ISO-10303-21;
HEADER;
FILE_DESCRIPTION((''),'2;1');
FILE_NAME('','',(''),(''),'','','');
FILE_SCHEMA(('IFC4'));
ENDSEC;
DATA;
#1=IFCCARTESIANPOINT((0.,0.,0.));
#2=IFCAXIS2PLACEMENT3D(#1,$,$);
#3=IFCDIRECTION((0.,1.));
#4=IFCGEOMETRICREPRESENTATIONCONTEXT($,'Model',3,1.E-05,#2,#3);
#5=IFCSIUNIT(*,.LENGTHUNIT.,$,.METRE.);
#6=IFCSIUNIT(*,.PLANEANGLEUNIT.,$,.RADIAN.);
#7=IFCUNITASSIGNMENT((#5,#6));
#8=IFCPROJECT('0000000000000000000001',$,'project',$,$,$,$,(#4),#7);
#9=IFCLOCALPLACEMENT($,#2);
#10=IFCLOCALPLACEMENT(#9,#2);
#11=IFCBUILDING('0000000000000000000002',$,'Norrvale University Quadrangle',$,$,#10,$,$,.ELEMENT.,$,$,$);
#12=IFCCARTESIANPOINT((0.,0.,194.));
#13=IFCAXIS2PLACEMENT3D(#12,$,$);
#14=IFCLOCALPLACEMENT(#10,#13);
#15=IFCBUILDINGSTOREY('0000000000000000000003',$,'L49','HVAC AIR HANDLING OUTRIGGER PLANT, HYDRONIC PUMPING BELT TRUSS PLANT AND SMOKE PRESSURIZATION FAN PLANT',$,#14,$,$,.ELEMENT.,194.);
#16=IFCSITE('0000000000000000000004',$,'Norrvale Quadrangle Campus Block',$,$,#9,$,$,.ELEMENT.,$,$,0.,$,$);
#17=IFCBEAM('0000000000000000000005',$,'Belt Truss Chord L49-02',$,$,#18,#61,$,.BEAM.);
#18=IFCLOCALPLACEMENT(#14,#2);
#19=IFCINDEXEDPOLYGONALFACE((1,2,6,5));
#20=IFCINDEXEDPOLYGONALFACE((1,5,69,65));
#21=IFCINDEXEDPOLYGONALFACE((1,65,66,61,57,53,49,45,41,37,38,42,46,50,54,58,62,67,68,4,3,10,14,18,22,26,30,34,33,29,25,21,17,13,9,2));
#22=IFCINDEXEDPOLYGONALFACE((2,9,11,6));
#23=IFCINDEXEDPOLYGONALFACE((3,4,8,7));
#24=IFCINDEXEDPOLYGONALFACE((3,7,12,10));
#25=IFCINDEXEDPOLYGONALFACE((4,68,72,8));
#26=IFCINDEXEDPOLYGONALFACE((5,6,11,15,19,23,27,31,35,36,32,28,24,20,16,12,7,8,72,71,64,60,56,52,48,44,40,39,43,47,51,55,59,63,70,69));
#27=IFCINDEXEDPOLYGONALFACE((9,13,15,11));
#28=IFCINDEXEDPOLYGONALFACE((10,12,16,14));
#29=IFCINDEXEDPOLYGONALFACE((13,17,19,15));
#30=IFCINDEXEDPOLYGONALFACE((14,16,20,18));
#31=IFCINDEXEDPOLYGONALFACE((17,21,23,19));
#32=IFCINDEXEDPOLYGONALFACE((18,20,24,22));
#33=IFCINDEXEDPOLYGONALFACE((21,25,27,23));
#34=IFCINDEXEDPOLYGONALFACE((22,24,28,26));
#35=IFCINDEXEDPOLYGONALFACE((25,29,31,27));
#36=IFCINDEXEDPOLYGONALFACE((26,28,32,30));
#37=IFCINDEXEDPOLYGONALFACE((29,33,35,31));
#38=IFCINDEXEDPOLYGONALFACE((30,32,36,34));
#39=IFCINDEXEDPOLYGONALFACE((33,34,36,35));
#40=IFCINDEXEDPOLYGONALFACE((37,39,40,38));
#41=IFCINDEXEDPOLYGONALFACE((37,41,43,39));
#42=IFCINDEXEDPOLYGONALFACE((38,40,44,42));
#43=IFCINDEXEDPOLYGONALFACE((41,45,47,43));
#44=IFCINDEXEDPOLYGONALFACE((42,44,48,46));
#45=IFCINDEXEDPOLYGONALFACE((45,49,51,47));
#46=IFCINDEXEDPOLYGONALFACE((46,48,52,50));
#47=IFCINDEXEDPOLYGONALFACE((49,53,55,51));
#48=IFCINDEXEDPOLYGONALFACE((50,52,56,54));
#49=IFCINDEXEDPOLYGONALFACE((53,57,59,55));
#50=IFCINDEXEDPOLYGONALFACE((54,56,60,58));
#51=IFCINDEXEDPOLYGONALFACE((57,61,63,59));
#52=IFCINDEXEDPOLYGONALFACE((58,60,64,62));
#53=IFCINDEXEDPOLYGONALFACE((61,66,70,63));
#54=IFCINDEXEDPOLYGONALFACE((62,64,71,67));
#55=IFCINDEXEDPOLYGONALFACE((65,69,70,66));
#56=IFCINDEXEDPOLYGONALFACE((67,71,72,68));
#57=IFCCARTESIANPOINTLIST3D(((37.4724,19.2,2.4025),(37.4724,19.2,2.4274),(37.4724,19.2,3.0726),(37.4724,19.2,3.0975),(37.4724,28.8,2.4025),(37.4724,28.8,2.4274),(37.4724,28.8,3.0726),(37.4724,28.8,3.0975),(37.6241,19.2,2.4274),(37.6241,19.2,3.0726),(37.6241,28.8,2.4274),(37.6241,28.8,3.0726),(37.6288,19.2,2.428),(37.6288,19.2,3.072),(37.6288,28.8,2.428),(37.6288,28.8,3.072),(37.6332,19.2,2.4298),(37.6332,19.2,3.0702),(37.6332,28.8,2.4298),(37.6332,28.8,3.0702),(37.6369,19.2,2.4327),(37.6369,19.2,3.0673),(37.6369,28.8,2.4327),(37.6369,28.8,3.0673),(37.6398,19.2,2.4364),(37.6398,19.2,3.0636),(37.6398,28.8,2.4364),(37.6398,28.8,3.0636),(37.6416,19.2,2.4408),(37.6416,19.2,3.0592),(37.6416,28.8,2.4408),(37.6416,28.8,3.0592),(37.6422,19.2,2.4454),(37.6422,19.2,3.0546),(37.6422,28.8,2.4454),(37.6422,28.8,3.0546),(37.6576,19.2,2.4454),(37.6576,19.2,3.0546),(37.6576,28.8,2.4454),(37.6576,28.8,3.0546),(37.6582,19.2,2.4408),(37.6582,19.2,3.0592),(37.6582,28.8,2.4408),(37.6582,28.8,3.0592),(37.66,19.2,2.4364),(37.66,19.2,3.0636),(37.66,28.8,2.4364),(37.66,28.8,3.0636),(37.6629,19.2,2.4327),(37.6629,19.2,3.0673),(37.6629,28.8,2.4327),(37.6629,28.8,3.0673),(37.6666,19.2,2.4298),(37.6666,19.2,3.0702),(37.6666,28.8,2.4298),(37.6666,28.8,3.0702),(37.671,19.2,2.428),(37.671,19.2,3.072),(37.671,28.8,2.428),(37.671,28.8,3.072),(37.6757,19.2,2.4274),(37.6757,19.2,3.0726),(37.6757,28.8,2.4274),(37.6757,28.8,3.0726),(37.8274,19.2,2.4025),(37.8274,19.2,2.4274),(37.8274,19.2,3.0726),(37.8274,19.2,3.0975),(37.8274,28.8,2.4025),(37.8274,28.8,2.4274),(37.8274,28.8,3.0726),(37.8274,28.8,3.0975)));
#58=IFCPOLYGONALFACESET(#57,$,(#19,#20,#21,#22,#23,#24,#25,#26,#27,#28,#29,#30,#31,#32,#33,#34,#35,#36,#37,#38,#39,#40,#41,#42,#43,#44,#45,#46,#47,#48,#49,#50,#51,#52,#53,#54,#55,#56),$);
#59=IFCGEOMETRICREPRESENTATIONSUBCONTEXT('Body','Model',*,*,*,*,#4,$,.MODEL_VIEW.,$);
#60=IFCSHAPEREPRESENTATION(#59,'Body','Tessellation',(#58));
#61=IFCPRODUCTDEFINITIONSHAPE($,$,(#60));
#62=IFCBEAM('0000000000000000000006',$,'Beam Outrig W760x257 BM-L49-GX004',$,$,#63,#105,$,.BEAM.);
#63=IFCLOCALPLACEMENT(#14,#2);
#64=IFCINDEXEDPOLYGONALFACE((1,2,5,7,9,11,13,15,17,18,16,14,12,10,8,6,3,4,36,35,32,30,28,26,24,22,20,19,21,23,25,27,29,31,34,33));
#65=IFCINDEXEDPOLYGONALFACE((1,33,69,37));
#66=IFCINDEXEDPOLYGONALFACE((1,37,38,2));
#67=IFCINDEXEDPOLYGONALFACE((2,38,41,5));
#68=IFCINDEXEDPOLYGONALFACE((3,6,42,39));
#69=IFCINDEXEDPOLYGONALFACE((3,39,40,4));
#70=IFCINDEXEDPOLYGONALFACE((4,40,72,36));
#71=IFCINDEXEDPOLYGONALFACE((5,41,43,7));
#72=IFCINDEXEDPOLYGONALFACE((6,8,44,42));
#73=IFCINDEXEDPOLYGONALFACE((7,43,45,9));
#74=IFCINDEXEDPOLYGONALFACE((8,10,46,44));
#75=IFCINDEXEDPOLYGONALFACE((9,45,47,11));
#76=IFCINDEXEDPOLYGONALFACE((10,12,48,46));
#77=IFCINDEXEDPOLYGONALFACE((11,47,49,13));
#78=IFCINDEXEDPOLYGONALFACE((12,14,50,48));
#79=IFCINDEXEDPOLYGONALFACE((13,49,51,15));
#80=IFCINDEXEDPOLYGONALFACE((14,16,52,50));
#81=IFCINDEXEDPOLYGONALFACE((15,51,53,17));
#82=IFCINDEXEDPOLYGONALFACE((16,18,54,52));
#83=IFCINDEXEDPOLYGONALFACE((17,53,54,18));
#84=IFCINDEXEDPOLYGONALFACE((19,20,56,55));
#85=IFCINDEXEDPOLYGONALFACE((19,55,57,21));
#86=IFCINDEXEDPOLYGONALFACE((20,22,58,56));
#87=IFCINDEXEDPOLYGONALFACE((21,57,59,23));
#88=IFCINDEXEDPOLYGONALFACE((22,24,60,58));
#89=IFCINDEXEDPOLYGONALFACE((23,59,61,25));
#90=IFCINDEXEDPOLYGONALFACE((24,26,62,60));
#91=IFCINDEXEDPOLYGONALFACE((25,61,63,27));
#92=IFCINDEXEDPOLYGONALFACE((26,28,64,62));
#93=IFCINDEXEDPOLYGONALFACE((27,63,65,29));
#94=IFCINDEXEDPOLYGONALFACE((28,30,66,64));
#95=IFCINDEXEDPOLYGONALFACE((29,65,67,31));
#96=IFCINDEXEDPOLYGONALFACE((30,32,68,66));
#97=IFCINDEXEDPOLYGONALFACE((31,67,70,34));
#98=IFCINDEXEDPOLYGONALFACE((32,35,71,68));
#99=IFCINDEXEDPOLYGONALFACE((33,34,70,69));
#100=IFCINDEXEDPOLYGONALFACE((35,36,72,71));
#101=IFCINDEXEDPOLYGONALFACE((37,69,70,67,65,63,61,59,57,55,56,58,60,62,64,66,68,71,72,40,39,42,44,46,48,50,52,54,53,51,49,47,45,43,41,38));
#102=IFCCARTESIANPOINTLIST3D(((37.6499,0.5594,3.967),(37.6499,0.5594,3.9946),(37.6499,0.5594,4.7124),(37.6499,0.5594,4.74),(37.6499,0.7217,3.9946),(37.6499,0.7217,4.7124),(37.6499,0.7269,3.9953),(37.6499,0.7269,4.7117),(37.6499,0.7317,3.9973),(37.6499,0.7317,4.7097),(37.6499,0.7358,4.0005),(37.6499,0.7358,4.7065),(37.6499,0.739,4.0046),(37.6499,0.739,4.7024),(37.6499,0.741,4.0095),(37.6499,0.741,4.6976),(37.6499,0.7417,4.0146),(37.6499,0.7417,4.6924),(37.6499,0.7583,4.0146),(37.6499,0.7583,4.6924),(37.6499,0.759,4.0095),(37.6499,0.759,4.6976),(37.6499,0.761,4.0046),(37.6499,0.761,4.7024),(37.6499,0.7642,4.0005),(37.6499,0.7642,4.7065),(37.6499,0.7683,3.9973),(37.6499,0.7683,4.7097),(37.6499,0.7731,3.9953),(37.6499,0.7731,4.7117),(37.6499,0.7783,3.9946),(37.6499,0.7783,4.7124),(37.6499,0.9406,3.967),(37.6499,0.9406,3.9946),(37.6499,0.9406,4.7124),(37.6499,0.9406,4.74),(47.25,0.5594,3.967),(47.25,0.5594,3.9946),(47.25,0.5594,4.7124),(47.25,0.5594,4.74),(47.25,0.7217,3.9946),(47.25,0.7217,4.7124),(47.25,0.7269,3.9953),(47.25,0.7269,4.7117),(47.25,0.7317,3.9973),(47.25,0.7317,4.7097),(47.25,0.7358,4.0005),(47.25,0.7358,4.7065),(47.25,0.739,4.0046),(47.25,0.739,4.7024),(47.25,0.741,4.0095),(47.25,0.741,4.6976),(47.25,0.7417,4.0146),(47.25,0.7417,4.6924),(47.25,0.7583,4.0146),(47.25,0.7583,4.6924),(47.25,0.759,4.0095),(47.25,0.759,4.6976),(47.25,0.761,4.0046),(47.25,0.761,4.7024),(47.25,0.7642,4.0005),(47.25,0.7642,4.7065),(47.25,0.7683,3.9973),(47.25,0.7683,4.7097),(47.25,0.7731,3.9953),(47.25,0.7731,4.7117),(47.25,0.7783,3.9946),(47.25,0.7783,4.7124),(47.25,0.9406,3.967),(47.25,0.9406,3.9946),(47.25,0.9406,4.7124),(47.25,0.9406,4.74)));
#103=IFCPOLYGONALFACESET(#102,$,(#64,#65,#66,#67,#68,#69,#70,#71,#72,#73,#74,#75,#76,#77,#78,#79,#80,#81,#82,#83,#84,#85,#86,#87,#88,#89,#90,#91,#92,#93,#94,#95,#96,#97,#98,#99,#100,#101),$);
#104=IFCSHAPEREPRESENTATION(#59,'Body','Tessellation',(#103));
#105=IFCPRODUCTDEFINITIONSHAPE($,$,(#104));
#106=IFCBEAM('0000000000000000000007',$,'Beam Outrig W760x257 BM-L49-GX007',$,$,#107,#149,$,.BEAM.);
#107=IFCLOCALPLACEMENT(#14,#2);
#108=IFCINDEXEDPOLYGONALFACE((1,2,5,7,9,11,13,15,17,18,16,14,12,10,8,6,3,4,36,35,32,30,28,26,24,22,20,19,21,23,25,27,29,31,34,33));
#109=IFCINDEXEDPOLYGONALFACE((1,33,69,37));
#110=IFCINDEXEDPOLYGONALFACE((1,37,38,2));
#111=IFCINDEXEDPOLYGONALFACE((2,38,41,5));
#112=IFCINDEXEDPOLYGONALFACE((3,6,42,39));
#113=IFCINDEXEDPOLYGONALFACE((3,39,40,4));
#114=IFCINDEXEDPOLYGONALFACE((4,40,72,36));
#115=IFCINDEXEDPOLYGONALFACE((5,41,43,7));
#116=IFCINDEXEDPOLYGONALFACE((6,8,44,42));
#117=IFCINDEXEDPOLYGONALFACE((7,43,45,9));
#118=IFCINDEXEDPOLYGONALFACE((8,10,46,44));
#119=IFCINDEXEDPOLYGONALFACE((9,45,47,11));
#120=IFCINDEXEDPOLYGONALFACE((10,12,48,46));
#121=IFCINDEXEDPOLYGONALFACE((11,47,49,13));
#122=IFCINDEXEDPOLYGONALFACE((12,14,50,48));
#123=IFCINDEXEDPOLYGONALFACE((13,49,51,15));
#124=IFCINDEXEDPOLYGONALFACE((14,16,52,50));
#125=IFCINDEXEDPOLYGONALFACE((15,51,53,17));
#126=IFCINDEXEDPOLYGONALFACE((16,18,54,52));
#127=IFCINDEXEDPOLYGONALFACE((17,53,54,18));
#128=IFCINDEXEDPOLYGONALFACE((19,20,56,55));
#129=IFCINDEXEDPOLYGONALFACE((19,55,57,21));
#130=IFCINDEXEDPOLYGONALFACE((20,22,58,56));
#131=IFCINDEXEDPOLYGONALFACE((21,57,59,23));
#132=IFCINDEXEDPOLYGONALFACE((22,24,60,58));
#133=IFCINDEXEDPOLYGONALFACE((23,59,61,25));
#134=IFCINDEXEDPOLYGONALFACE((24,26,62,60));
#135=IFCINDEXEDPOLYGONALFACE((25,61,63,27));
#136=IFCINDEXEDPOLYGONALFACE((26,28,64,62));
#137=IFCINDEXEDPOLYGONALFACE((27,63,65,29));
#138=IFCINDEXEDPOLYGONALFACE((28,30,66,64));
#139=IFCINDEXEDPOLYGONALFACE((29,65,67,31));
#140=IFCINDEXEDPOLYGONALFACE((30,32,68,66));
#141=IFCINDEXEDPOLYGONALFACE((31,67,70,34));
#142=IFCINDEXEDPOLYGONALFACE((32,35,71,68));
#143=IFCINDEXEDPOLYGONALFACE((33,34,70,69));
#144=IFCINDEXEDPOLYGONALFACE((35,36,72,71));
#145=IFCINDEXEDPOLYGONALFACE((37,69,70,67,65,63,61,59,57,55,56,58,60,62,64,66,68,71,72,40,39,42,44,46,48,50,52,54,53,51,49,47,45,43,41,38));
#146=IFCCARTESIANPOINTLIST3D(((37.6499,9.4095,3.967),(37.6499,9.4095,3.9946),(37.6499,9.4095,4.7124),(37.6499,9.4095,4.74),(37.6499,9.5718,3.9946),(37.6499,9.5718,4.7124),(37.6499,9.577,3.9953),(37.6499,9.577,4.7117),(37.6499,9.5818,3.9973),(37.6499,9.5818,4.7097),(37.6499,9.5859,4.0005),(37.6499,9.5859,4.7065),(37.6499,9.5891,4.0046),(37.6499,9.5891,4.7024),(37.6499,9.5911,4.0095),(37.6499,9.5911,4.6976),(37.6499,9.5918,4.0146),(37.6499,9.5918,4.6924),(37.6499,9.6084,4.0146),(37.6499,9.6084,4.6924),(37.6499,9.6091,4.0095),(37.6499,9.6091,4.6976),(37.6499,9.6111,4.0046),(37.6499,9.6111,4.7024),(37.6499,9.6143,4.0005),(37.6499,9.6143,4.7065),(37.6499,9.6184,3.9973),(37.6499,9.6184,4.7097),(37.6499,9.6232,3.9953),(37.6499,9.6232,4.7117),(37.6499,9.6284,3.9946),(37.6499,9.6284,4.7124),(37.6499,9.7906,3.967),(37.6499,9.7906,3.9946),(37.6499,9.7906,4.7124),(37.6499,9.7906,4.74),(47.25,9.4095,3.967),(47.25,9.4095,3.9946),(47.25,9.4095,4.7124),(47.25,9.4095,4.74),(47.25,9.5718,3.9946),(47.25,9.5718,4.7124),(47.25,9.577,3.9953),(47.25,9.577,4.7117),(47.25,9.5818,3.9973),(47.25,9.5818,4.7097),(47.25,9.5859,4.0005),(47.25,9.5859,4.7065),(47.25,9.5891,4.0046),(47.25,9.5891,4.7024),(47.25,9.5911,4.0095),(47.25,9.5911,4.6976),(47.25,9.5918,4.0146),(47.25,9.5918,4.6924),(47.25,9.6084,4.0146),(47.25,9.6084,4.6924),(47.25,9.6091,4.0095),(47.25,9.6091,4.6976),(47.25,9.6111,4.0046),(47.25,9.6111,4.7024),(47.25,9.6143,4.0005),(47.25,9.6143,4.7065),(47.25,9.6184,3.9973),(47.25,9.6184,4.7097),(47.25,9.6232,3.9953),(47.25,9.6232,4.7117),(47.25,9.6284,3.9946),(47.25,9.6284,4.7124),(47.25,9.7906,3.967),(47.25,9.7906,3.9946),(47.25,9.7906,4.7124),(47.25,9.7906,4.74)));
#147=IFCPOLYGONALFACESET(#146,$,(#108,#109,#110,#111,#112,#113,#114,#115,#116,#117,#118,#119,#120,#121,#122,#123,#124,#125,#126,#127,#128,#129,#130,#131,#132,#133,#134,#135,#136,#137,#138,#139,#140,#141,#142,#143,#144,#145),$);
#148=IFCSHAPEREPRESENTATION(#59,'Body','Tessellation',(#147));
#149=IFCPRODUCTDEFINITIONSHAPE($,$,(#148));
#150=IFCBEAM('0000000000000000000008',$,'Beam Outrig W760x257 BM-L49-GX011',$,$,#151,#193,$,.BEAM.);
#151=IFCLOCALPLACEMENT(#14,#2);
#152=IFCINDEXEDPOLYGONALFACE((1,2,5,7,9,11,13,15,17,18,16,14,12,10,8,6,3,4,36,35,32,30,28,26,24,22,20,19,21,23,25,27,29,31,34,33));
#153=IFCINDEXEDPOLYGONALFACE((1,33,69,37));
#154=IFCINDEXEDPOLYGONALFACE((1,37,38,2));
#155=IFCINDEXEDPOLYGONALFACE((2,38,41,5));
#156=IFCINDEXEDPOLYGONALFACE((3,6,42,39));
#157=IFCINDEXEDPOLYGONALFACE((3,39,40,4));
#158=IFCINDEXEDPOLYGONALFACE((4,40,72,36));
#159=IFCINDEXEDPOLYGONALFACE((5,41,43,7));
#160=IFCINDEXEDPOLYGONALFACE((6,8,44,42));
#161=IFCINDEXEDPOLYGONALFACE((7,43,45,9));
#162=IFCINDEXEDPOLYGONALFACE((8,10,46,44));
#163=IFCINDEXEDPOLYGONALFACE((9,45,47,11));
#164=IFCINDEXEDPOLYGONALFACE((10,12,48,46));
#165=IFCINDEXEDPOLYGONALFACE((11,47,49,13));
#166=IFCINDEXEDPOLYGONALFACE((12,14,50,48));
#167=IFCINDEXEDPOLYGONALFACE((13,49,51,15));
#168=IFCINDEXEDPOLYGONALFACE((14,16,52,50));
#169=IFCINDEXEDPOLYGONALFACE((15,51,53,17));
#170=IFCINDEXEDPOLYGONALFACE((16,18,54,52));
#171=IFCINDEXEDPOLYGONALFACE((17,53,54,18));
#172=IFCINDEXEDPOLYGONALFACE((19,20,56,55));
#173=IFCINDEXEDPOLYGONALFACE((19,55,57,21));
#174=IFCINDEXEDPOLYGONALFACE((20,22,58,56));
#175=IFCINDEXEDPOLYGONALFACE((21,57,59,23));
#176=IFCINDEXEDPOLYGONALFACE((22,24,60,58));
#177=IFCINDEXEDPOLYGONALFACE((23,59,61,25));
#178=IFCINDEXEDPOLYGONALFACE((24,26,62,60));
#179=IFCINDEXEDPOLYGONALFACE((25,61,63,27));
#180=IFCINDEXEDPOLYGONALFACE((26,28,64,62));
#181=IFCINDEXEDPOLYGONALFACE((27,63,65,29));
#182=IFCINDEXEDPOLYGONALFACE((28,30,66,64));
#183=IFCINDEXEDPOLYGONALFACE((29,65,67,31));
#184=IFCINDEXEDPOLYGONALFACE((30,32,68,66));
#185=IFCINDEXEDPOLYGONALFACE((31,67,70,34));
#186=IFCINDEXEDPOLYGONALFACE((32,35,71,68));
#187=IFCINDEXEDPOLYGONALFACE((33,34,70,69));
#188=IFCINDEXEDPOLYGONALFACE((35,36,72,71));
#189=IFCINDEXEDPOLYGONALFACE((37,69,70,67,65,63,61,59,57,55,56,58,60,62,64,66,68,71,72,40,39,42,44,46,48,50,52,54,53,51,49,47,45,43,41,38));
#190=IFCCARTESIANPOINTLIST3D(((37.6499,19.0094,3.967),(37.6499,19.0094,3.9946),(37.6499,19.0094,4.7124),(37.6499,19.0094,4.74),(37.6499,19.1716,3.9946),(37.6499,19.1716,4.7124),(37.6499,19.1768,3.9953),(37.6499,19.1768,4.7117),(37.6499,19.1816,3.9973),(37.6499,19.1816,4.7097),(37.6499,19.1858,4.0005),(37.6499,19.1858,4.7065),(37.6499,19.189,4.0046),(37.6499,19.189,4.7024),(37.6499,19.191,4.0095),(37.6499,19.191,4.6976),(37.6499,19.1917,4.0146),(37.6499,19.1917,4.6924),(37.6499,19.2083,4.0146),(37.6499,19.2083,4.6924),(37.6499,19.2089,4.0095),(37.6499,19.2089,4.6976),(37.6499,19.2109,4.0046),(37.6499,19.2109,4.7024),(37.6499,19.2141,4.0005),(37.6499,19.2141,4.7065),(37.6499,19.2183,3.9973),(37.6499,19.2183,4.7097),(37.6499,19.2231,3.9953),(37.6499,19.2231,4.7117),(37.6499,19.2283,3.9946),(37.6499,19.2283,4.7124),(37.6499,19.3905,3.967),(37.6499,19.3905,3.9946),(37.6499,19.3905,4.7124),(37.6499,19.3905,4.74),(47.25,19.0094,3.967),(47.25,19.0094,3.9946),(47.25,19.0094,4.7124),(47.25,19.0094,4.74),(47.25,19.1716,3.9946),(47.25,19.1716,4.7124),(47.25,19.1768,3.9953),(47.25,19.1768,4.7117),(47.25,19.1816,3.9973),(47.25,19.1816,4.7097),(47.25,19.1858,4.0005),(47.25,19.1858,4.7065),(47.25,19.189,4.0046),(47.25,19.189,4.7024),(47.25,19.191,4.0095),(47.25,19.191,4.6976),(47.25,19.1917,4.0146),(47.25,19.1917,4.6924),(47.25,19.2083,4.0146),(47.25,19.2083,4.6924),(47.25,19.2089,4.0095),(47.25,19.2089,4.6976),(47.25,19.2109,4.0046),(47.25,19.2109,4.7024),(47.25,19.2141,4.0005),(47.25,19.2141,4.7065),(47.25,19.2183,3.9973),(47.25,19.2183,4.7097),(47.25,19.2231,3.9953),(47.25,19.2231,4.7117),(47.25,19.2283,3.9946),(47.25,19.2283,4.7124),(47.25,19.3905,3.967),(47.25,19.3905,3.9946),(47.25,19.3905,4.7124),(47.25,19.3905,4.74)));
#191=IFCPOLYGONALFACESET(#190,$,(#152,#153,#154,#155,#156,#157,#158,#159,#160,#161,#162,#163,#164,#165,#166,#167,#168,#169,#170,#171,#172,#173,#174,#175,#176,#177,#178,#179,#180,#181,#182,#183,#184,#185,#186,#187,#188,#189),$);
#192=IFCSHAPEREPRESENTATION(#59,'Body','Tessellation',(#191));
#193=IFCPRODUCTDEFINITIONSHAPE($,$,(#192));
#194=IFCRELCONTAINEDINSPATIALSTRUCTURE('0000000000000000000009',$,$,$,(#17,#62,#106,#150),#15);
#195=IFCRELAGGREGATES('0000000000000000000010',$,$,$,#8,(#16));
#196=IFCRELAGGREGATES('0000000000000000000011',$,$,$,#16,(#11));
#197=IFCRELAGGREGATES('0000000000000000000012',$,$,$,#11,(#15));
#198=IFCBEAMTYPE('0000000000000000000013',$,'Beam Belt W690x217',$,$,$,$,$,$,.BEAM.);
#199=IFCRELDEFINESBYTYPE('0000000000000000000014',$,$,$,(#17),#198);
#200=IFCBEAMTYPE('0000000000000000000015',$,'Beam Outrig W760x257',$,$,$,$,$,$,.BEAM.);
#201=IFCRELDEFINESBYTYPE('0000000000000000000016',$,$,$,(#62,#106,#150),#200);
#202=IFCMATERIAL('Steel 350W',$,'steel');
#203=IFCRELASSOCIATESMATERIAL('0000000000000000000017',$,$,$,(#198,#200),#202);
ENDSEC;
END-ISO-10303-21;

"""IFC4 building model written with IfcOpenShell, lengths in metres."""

from ifc_helpers import new_model, si_unit, direction, frame, origin, origin_2d, place, context, subcontext, project, spatial, i_section, extrude, material, material_profile, profile_set, type_object, element, save


model = new_model("IFC4")

# Units and contexts
model_context = context("Model", 3, precision=1e-05, world=origin(), true_north=direction((0.0, 1.0)))
body_context = subcontext(model_context, "Body", "Model", "MODEL_VIEW")
ifc_project = project(units=[si_unit("LENGTHUNIT", "METRE"), si_unit("PLANEANGLEUNIT", "RADIAN")], contexts=[model_context])

# Site, building, storey
site_placement = place(None, origin())
site = spatial("IfcSite", under=ifc_project, at=site_placement, Name="Norrvale Quadrangle Campus Block", CompositionType="ELEMENT", RefElevation=0.0)
building_placement = place(site_placement, origin())
building = spatial("IfcBuilding", under=site, at=building_placement, Name="Norrvale University Quadrangle", CompositionType="ELEMENT")
storey_placement = place(building_placement, frame((0.0, 0.0, 194.0)))
storey = spatial("IfcBuildingStorey", under=building, at=storey_placement, Name="L49", Description="HVAC AIR HANDLING OUTRIGGER PLANT, HYDRONIC PUMPING BELT TRUSS PLANT AND SMOKE PRESSURIZATION FAN PLANT", CompositionType="ELEMENT", Elevation=194.0)

# Beams
ifc_material_1 = material(Name="Steel 350W", Category="steel")
ifc_material_profile_1 = material_profile(ifc_material_1, i_section(OverallWidth=0.355, OverallDepth=0.6951, WebThickness=0.0154, FlangeThickness=0.0249, FilletRadius=0.0181, at=origin_2d()), Name="Steel 350W")
ifc_profile_set_1 = profile_set([ifc_material_profile_1], Name="Steel 350W")
beam_type_1 = type_object("IfcBeamType", Name="Beam Belt W690x217", PredefinedType="BEAM", material=ifc_profile_set_1)
beam_1_placement = place(storey_placement, frame((37.6499, 19.2, 2.75), z_axis=(0.0, 1.0, 0.0), x_axis=(-1.0, 0.0, 0.0)))
element("IfcBeam", 1, at=beam_1_placement, inside=storey, type_object=beam_type_1, Name="Belt Truss Chord L49-02", PredefinedType="BEAM", context=body_context, shape_type="SweptSolid", body=[
    extrude(i_section(OverallWidth=0.355, OverallDepth=0.6951, WebThickness=0.0154, FlangeThickness=0.0249, FilletRadius=0.0181, at=origin_2d()), origin(), (0.0, 0.0, 1.0), 9.6001),
])
ifc_material_profile_2 = material_profile(ifc_material_1, i_section(OverallWidth=0.3811, OverallDepth=0.7729, WebThickness=0.0166, FlangeThickness=0.0276, FilletRadius=0.02, at=origin_2d()), Name="Steel 350W")
ifc_profile_set_2 = profile_set([ifc_material_profile_2], Name="Steel 350W")
beam_type_2 = type_object("IfcBeamType", Name="Beam Outrig W760x257", PredefinedType="BEAM", material=ifc_profile_set_2)
for number, where, z_axis, x_axis, name in (
    (2, (37.6499, 0.75, 4.3535), (1.0, 0.0, 0.0), (0.0, 1.0, 0.0), "Beam Outrig W760x257 BM-L49-GX004"),
    (3, (37.6499, 9.6001, 4.3535), (1.0, 0.0, 0.0), (0.0, 1.0, 0.0), "Beam Outrig W760x257 BM-L49-GX007"),
    (4, (37.6499, 19.2, 4.3535), (1.0, 0.0, 0.0), (0.0, 1.0, 0.0), "Beam Outrig W760x257 BM-L49-GX011"),
):
    element("IfcBeam", number, at=place(storey_placement, frame(where, z_axis=z_axis, x_axis=x_axis)), inside=storey, type_object=beam_type_2, Name=name, PredefinedType="BEAM", context=body_context, shape_type="SweptSolid", body=[
        extrude(i_section(OverallWidth=0.3811, OverallDepth=0.7729, WebThickness=0.0166, FlangeThickness=0.0276, FilletRadius=0.02, at=origin_2d()), origin(), (0.0, 0.0, 1.0), 9.6001),
    ])

save(model, "model.ifc")
